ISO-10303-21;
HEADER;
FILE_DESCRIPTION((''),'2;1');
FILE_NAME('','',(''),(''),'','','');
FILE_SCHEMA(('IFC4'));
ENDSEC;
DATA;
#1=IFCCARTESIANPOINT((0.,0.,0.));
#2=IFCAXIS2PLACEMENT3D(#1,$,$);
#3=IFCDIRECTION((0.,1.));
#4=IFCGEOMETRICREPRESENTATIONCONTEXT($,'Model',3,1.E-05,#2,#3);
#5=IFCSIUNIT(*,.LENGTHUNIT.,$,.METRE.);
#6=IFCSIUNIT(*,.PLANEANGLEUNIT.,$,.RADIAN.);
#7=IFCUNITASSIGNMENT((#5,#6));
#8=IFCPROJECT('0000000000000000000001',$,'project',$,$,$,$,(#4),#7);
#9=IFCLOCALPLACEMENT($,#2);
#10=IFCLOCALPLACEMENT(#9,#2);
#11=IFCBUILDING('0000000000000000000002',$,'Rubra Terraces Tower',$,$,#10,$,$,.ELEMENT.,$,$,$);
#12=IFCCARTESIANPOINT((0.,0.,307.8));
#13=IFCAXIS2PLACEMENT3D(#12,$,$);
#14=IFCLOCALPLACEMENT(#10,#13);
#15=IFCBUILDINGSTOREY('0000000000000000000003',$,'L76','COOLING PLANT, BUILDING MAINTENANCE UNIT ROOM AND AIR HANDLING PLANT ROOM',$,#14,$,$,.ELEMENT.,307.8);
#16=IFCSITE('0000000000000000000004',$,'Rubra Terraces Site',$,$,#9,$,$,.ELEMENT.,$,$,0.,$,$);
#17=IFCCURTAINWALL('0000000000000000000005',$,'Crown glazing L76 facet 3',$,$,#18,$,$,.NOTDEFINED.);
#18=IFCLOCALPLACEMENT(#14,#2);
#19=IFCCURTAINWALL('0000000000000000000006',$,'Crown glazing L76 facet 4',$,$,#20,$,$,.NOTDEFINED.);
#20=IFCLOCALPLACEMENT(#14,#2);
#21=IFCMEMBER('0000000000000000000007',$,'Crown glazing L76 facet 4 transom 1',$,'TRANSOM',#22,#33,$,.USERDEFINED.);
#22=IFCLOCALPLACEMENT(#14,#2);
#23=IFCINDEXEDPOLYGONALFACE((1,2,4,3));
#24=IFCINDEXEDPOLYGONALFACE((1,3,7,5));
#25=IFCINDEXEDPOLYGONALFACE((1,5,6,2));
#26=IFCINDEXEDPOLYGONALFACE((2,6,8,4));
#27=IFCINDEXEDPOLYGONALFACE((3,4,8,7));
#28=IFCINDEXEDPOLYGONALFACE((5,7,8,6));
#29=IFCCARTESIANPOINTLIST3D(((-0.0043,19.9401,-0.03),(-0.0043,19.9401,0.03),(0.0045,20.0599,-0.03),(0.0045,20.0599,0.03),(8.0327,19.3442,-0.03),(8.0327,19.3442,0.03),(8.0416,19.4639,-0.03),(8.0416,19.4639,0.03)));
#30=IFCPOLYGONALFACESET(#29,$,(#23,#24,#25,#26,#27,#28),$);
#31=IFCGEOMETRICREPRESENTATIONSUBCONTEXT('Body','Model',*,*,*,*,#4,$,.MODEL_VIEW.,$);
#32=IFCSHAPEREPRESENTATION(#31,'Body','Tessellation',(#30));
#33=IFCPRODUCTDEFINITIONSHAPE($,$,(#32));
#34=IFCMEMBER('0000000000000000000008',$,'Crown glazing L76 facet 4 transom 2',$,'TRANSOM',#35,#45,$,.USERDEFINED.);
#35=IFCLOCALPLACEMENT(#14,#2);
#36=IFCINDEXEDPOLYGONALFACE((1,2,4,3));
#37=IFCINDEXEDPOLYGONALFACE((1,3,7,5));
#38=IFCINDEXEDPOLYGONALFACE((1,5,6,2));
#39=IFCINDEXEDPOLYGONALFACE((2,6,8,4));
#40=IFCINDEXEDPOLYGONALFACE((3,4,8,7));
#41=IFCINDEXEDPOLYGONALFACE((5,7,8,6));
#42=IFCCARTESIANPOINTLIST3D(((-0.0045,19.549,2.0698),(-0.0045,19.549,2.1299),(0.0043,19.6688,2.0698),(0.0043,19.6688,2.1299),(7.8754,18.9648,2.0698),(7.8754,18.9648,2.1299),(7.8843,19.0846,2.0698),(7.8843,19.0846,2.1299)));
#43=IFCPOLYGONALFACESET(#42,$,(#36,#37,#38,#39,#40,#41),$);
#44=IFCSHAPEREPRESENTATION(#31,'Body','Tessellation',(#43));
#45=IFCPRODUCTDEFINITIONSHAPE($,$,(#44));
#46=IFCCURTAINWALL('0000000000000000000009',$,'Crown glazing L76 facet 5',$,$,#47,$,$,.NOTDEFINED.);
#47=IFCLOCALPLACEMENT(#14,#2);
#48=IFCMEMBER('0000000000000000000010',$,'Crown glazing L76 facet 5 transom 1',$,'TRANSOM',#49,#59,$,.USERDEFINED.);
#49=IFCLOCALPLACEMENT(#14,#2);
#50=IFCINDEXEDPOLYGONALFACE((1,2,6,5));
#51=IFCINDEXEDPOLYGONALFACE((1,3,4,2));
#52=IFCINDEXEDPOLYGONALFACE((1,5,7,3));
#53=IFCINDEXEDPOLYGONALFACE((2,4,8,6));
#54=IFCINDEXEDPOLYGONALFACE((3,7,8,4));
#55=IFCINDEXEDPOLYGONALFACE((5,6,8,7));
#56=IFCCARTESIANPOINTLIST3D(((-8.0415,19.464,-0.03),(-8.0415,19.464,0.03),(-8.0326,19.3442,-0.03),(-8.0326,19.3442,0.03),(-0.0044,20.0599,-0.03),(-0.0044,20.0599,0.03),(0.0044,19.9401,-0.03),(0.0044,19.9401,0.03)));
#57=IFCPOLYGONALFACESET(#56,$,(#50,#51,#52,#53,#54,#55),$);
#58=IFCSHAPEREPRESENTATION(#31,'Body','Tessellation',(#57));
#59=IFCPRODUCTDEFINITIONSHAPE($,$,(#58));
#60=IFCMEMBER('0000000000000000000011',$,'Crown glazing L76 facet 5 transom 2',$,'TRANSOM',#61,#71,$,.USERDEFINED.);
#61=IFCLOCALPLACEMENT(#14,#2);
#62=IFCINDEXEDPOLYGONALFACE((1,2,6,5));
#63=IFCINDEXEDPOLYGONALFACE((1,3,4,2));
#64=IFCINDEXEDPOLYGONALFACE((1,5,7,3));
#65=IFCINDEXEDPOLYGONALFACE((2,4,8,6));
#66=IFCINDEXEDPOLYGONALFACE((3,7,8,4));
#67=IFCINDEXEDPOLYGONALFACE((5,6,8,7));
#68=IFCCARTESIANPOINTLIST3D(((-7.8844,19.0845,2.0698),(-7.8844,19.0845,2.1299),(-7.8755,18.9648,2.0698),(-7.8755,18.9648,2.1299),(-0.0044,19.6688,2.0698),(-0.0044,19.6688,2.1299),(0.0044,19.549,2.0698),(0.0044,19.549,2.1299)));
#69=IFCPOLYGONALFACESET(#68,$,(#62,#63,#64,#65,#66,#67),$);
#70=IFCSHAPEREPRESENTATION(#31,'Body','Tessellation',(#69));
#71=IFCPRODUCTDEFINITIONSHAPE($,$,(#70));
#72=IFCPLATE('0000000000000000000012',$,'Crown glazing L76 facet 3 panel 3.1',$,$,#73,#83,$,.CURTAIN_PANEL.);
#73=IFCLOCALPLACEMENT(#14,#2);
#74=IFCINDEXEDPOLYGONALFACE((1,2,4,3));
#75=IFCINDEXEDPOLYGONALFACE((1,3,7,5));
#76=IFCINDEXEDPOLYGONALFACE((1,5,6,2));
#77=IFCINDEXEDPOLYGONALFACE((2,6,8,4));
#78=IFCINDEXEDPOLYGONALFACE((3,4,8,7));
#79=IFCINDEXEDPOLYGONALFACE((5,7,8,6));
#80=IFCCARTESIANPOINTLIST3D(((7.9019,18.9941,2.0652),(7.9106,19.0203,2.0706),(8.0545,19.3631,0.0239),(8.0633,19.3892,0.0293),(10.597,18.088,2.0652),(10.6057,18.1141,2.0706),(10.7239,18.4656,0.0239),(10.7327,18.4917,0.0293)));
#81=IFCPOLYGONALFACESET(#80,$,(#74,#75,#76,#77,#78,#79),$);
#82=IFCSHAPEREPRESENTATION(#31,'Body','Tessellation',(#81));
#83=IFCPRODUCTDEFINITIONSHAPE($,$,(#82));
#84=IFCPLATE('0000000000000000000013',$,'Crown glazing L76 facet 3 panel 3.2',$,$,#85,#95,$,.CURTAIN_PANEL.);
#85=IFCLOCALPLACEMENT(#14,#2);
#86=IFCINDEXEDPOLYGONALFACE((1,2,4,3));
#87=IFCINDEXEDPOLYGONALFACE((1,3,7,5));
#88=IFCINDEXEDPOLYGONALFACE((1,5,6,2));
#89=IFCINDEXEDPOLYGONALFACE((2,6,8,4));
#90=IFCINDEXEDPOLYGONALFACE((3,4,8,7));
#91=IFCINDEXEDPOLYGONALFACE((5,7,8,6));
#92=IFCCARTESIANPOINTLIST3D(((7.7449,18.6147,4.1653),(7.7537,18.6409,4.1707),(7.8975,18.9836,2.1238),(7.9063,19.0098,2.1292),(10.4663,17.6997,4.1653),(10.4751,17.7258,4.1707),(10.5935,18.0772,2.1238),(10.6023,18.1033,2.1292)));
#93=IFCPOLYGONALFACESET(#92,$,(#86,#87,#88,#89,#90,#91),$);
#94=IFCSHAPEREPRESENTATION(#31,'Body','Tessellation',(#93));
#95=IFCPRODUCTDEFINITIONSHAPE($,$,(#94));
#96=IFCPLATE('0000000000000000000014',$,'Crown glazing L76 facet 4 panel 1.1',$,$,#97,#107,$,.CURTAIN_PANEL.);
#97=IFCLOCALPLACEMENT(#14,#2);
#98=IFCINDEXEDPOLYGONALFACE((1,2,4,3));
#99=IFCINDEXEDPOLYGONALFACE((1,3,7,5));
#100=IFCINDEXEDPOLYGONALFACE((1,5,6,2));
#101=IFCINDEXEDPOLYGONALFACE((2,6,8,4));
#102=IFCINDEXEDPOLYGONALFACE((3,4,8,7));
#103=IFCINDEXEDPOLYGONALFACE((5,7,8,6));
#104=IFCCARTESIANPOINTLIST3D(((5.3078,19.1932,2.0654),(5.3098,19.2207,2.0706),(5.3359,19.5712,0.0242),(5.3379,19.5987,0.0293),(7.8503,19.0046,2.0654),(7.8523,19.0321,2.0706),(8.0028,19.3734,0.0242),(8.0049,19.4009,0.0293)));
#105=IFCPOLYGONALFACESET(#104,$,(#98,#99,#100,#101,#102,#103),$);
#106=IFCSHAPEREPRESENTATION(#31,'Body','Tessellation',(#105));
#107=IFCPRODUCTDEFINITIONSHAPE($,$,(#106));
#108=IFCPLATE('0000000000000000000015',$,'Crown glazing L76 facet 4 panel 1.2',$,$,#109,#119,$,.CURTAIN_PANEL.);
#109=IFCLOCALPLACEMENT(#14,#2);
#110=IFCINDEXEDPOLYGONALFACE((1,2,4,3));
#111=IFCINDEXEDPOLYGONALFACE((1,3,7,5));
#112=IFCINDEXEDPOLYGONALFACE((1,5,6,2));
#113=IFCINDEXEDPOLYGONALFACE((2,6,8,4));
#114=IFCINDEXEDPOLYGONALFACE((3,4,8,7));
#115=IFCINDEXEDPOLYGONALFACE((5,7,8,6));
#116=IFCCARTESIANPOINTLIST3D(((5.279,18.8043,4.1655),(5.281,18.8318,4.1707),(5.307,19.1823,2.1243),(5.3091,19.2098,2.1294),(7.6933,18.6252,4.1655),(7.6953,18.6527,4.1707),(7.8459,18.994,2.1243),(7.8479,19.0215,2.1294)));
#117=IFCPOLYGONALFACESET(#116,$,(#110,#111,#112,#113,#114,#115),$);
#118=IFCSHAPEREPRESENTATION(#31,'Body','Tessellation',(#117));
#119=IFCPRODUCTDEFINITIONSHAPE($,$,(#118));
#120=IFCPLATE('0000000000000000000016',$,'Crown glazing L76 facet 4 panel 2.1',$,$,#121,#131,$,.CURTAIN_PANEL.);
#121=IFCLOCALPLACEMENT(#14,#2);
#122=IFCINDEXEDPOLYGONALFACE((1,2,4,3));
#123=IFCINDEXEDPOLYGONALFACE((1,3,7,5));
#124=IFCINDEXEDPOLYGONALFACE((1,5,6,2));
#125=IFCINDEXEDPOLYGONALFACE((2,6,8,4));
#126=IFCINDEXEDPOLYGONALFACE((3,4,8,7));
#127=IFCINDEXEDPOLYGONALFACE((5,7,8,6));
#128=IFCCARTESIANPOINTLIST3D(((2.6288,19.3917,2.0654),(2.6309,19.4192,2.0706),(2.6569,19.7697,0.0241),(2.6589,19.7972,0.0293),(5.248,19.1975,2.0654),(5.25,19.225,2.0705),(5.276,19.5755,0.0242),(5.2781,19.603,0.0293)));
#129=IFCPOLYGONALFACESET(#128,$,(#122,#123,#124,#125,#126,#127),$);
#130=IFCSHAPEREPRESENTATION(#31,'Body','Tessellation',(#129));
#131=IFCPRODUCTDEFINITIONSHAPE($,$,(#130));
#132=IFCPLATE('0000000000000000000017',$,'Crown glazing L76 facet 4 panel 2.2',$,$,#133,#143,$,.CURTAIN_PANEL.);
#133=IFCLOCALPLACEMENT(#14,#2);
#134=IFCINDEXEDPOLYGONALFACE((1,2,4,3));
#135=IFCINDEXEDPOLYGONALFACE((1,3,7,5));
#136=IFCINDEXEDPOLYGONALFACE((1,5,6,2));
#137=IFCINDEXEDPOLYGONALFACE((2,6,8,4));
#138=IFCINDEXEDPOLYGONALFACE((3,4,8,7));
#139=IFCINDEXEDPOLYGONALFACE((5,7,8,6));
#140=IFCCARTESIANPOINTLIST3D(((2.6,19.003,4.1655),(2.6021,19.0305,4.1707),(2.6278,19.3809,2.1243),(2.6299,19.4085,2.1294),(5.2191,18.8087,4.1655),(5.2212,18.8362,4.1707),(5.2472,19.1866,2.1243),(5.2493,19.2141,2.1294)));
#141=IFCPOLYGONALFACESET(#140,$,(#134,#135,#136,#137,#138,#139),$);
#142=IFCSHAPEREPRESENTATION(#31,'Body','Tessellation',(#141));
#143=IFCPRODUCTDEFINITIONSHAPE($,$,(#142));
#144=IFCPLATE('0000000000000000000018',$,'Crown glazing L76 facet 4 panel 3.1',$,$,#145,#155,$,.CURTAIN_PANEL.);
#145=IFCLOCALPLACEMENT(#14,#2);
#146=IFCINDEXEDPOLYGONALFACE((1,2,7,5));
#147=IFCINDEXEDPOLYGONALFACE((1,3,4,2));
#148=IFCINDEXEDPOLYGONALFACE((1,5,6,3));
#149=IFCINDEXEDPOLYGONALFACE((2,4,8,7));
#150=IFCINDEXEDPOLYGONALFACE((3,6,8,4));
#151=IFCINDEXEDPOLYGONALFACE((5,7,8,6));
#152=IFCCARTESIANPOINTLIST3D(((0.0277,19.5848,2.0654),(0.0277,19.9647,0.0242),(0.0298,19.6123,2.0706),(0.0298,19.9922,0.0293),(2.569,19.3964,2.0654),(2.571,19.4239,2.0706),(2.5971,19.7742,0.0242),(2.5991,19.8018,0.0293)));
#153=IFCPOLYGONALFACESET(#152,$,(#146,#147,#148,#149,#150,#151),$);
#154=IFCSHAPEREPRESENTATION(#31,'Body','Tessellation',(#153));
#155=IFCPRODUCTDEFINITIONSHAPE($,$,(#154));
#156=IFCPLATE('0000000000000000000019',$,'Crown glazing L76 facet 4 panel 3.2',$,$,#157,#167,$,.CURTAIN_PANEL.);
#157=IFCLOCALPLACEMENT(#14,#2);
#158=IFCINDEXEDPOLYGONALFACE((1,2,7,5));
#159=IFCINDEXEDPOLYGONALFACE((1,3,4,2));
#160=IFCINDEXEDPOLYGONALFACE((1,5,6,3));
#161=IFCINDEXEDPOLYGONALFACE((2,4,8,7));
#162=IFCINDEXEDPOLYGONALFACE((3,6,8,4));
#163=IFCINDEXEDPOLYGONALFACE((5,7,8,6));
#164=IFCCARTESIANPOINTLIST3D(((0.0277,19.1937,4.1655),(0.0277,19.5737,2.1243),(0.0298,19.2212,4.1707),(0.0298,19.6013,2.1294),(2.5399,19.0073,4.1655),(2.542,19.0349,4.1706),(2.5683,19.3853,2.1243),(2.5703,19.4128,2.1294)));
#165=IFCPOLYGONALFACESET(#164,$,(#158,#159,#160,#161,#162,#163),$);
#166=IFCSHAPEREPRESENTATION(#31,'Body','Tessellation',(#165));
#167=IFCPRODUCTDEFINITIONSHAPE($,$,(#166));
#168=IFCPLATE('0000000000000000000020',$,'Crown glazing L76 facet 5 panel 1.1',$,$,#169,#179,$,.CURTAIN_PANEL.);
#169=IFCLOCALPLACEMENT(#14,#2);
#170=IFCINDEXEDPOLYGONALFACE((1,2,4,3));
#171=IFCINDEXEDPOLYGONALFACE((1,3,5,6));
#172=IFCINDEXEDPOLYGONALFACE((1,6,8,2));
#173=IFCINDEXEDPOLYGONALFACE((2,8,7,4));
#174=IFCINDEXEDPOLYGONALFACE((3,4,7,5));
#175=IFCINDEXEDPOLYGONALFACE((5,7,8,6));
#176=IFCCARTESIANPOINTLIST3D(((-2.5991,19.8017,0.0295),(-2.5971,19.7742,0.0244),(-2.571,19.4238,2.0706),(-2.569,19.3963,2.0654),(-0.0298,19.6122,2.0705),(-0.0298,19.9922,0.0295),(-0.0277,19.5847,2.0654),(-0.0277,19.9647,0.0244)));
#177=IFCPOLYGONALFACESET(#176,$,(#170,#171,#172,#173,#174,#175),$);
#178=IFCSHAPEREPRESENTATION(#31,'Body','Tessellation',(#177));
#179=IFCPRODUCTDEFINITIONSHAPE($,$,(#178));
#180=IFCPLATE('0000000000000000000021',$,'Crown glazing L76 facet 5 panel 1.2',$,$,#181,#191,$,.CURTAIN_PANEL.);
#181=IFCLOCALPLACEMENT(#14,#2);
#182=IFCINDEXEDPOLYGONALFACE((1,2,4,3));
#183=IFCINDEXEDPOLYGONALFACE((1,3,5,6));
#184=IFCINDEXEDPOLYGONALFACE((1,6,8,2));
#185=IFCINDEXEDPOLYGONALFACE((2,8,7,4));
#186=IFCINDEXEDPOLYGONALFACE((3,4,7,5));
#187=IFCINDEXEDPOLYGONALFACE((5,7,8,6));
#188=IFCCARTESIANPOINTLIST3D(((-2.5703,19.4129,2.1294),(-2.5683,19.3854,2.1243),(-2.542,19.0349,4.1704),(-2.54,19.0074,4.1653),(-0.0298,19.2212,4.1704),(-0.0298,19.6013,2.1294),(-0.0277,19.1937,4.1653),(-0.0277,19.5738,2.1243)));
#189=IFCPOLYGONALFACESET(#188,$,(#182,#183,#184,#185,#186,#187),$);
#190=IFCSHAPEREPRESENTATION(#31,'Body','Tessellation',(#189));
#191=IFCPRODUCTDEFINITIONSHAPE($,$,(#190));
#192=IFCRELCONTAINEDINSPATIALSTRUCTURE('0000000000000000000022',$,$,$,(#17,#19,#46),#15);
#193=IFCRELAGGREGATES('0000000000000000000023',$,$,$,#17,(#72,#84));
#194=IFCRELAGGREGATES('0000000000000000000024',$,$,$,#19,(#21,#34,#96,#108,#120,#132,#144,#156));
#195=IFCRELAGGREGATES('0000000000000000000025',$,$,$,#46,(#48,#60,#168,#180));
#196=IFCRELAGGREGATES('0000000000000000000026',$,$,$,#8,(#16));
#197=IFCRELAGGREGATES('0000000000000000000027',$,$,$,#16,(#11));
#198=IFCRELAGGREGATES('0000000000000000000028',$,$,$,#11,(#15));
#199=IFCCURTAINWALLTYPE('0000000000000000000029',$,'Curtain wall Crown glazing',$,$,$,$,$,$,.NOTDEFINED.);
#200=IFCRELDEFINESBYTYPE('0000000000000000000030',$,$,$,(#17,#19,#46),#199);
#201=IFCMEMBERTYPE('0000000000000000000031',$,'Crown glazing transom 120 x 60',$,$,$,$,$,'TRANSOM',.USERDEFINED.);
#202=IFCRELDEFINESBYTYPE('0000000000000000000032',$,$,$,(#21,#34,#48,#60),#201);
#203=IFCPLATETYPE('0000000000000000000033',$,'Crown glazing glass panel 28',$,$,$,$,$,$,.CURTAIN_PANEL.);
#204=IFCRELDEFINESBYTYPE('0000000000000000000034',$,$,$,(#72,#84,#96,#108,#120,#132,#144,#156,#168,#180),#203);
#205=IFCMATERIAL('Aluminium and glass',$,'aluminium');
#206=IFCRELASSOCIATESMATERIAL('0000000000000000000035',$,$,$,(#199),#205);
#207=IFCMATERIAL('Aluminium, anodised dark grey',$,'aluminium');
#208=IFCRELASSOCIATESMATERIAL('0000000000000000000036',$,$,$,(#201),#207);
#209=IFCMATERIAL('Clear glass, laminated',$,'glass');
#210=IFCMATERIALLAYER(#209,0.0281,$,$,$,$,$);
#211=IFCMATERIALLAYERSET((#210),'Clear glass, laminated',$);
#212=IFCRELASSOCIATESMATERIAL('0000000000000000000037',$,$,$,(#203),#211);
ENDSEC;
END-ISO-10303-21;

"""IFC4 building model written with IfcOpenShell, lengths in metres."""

from ifc_helpers import new_model, si_unit, direction, frame, origin, origin_2d, place, context, subcontext, project, spatial, polyline, rectangle, outline, extrude, material, layer, layer_set, material_profile, profile_set, type_object, element, aggregate, save


model = new_model("IFC4")

# Units and contexts
model_context = context("Model", 3, precision=1e-05, world=origin(), true_north=direction((0.0, 1.0)))
body_context = subcontext(model_context, "Body", "Model", "MODEL_VIEW")
ifc_project = project(units=[si_unit("LENGTHUNIT", "METRE"), si_unit("PLANEANGLEUNIT", "RADIAN")], contexts=[model_context])

# Site, building, storey
site_placement = place(None, origin())
site = spatial("IfcSite", under=ifc_project, at=site_placement, Name="Rubra Terraces Site", CompositionType="ELEMENT", RefElevation=0.0)
building_placement = place(site_placement, origin())
building = spatial("IfcBuilding", under=site, at=building_placement, Name="Rubra Terraces Tower", CompositionType="ELEMENT")
storey_placement = place(building_placement, frame((0.0, 0.0, 307.8)))
storey = spatial("IfcBuildingStorey", under=building, at=storey_placement, Name="L76", Description="COOLING PLANT, BUILDING MAINTENANCE UNIT ROOM AND AIR HANDLING PLANT ROOM", CompositionType="ELEMENT", Elevation=307.8)

# Curtain wall
ifc_material_1 = material(Name="Aluminium and glass", Category="aluminium")
curtain_wall_type = type_object("IfcCurtainWallType", Name="Curtain wall Crown glazing", PredefinedType="NOTDEFINED", material=ifc_material_1)
curtain_wall_1_placement = place(storey_placement, origin())
curtain_wall_1 = element("IfcCurtainWall", 1, at=curtain_wall_1_placement, inside=storey, type_object=curtain_wall_type, Name="Crown glazing L76 facet 3", PredefinedType="NOTDEFINED")
ifc_material_2 = material(Name="Aluminium, anodised dark grey", Category="aluminium")

# Curtain walls, members
curtain_wall_2_placement = place(storey_placement, origin())
curtain_wall_2 = element("IfcCurtainWall", 2, at=curtain_wall_2_placement, inside=storey, type_object=curtain_wall_type, Name="Crown glazing L76 facet 4", PredefinedType="NOTDEFINED")
ifc_material_profile_1 = material_profile(ifc_material_2, rectangle(XDim=0.1201, YDim=0.0601, at=origin_2d()), Name="AL 120x60")
ifc_profile_set_1 = profile_set([ifc_material_profile_1], Name="Aluminium, anodised dark grey")
member_type_1 = type_object("IfcMemberType", Name="Crown glazing transom 120 x 60", ElementType="TRANSOM", PredefinedType="USERDEFINED", material=ifc_profile_set_1)
member_1_placement = place(storey_placement, frame((8.0371, 19.4041, 0.0), z_axis=(-0.997262, 0.073946, 0.0), x_axis=(-0.073946, -0.997262, 0.0)))
member_1 = element("IfcMember", 3, at=member_1_placement, type_object=member_type_1, Name="Crown glazing L76 facet 4 transom 1", ObjectType="TRANSOM", PredefinedType="USERDEFINED", context=body_context, shape_type="SweptSolid", body=[
    extrude(rectangle(XDim=0.1201, YDim=0.0601, at=origin_2d()), origin(), (0.0, 0.0, 1.0), 8.0591),
])
member_2_placement = place(storey_placement, frame((7.8799, 19.0247, 2.0999), z_axis=(-0.997263, 0.073939, 0.0), x_axis=(-0.073939, -0.997263, 0.0)))
member_2 = element("IfcMember", 4, at=member_2_placement, type_object=member_type_1, Name="Crown glazing L76 facet 4 transom 2", ObjectType="TRANSOM", PredefinedType="USERDEFINED", context=body_context, shape_type="SweptSolid", body=[
    extrude(rectangle(XDim=0.1201, YDim=0.0601, at=origin_2d()), origin(), (0.0, 0.0, 1.0), 7.9016),
])
curtain_wall_3_placement = place(storey_placement, origin())
curtain_wall_3 = element("IfcCurtainWall", 5, at=curtain_wall_3_placement, inside=storey, type_object=curtain_wall_type, Name="Crown glazing L76 facet 5", PredefinedType="NOTDEFINED")
member_3_placement = place(storey_placement, frame((0.0, 20.0, 0.0), z_axis=(-0.997262, -0.073946, 0.0), x_axis=(0.073946, -0.997262, 0.0)))
member_3 = element("IfcMember", 6, at=member_3_placement, type_object=member_type_1, Name="Crown glazing L76 facet 5 transom 1", ObjectType="TRANSOM", PredefinedType="USERDEFINED", context=body_context, shape_type="SweptSolid", body=[
    extrude(rectangle(XDim=0.1201, YDim=0.0601, at=origin_2d()), origin(), (0.0, 0.0, 1.0), 8.0591),
])
member_4_placement = place(storey_placement, frame((0.0, 19.6089, 2.0999), z_axis=(-0.997263, -0.073939, 0.0), x_axis=(0.073939, -0.997263, 0.0)))
member_4 = element("IfcMember", 7, at=member_4_placement, type_object=member_type_1, Name="Crown glazing L76 facet 5 transom 2", ObjectType="TRANSOM", PredefinedType="USERDEFINED", context=body_context, shape_type="SweptSolid", body=[
    extrude(rectangle(XDim=0.1201, YDim=0.0601, at=origin_2d()), origin(), (0.0, 0.0, 1.0), 7.9016),
])

# Plates
ifc_material_3 = material(Name="Clear glass, laminated", Category="glass")
ifc_layer_1 = layer(ifc_material_3, 0.0281)
ifc_layer_set_1 = layer_set([ifc_layer_1], Name="Clear glass, laminated")
plate_type = type_object("IfcPlateType", Name="Crown glazing glass panel 28", PredefinedType="CURTAIN_PANEL", material=ifc_layer_set_1)
plate_1_placement = place(storey_placement, frame((10.7327, 18.4917, 0.0293), z_axis=(0.312797, 0.930305, 0.191546), x_axis=(-0.947856, 0.318697, 0.000005)))
plate_1 = element("IfcPlate", 8, at=plate_1_placement, type_object=plate_type, Name="Crown glazing L76 facet 3 panel 3.1", PredefinedType="CURTAIN_PANEL", context=body_context, shape_type="SweptSolid", body=[
    extrude(outline(polyline([(0.0, 0.0), (2.8163, 0.0), (2.8433, 2.0798), (0.0, 2.0798), (0.0, 0.0)])), origin(), (0.0, 0.0, -1.0), 0.0281),
])
plate_2_placement = place(storey_placement, frame((10.6023, 18.1033, 2.1292), z_axis=(0.312802, 0.930316, 0.191488), x_axis=(-0.947856, 0.3187, 0.0)))
plate_2 = element("IfcPlate", 9, at=plate_2_placement, type_object=plate_type, Name="Crown glazing L76 facet 3 panel 3.2", PredefinedType="CURTAIN_PANEL", context=body_context, shape_type="SweptSolid", body=[
    extrude(outline(polyline([(0.0, 0.0), (2.8444, 0.0), (2.8714, 2.08), (0.0003, 2.08), (0.0, 0.0)])), origin(), (0.0, 0.0, -1.0), 0.0281),
])
aggregate(curtain_wall_1, [plate_1, plate_2])
plate_3_placement = place(storey_placement, frame((8.0049, 19.4009, 0.0293), z_axis=(0.07274, 0.980496, 0.182584), x_axis=(-0.99726, 0.073982, 0.000007)))
plate_3 = element("IfcPlate", 10, at=plate_3_placement, type_object=plate_type, Name="Crown glazing L76 facet 4 panel 1.1", PredefinedType="CURTAIN_PANEL", context=body_context, shape_type="SweptSolid", body=[
    extrude(outline(polyline([(0.0, 0.0), (2.6743, 0.0), (2.6744, 2.0761), (0.1249, 2.0762), (0.0, 0.0)])), origin(), (0.0, 0.0, -1.0), 0.0281),
])
plate_4_placement = place(storey_placement, frame((7.8479, 19.0215, 2.1294), z_axis=(0.072735, 0.980496, 0.182584), x_axis=(-0.99726, 0.073977, 0.000007)))
plate_4 = element("IfcPlate", 11, at=plate_4_placement, type_object=plate_type, Name="Crown glazing L76 facet 4 panel 1.2", PredefinedType="CURTAIN_PANEL", context=body_context, shape_type="SweptSolid", body=[
    extrude(outline(polyline([(0.0, 0.0), (2.5458, 0.0), (2.5458, 2.0761), (0.1249, 2.0762), (0.0, 0.0)])), origin(), (0.0, 0.0, -1.0), 0.0281),
])
plate_5_placement = place(storey_placement, frame((5.2781, 19.603, 0.0293), z_axis=(0.072706, 0.980497, 0.182593), x_axis=(-0.997262, 0.07395, -0.000008)))
plate_5 = element("IfcPlate", 12, at=plate_5_placement, type_object=plate_type, Name="Crown glazing L76 facet 4 panel 2.1", PredefinedType="CURTAIN_PANEL", context=body_context, shape_type="SweptSolid", body=[
    extrude(outline(polyline([(0.0, 0.0), (2.6263, 0.0), (2.6264, 2.0762), (0.0, 2.0761), (0.0, 0.0)])), origin(), (0.0, 0.0, -1.0), 0.0281),
])
plate_6_placement = place(storey_placement, frame((5.2493, 19.2141, 2.1294), z_axis=(0.072748, 0.980505, 0.182532), x_axis=(-0.997259, 0.073991, 0.000001)))
plate_6 = element("IfcPlate", 13, at=plate_6_placement, type_object=plate_type, Name="Crown glazing L76 facet 4 panel 2.2", PredefinedType="CURTAIN_PANEL", context=body_context, shape_type="SweptSolid", body=[
    extrude(outline(polyline([(0.0, 0.0), (2.6266, 0.0), (2.6264, 2.0761), (0.0, 2.0761), (0.0, 0.0)])), origin(), (0.0, 0.0, -1.0), 0.0281),
])
plate_7_placement = place(storey_placement, frame((2.5991, 19.8018, 0.0293), z_axis=(0.072697, 0.980513, 0.182507), x_axis=(-0.997263, 0.073938, 0.000004)))
plate_7 = element("IfcPlate", 14, at=plate_7_placement, type_object=plate_type, Name="Crown glazing L76 facet 4 panel 3.1", PredefinedType="CURTAIN_PANEL", context=body_context, shape_type="SweptSolid", body=[
    extrude(outline(polyline([(0.0, 0.0), (2.5764, 0.0), (2.5483, 2.0761), (0.0001, 2.0761), (0.0, 0.0)])), origin(), (0.0, 0.0, -1.0), 0.0281),
])
plate_8_placement = place(storey_placement, frame((2.5703, 19.4128, 2.1294), z_axis=(0.072723, 0.9805, 0.182567), x_axis=(-0.997261, 0.073966, -0.000003)))
plate_8 = element("IfcPlate", 15, at=plate_8_placement, type_object=plate_type, Name="Crown glazing L76 facet 4 panel 3.2", PredefinedType="CURTAIN_PANEL", context=body_context, shape_type="SweptSolid", body=[
    extrude(outline(polyline([(0.0, 0.0), (2.5475, 0.0), (2.5194, 2.0762), (0.0003, 2.0761), (0.0, 0.0)])), origin(), (0.0, 0.0, -1.0), 0.0281),
])
aggregate(curtain_wall_2, [member_1, member_2, plate_3, plate_4, plate_5, plate_6, plate_7, plate_8])
plate_9_placement = place(storey_placement, frame((-0.0298, 19.9922, 0.0295), z_axis=(-0.072696, 0.98051, 0.182528), x_axis=(-0.997263, -0.073938, -0.000004)))
plate_9 = element("IfcPlate", 16, at=plate_9_placement, type_object=plate_type, Name="Crown glazing L76 facet 5 panel 1.1", PredefinedType="CURTAIN_PANEL", context=body_context, shape_type="SweptSolid", body=[
    extrude(outline(polyline([(0.0, 0.0), (2.5764, 0.0), (2.5763, 2.0759), (0.0281, 2.0759), (0.0, 0.0)])), origin(), (0.0, 0.0, -1.0), 0.0281),
])
plate_10_placement = place(storey_placement, frame((-0.0298, 19.6013, 2.1294), z_axis=(-0.072722, 0.980496, 0.182588), x_axis=(-0.997261, -0.073966, 0.000003)))
plate_10 = element("IfcPlate", 17, at=plate_10_placement, type_object=plate_type, Name="Crown glazing L76 facet 5 panel 1.2", PredefinedType="CURTAIN_PANEL", context=body_context, shape_type="SweptSolid", body=[
    extrude(outline(polyline([(0.0, 0.0), (2.5475, 0.0), (2.5472, 2.0759), (0.0281, 2.0759), (0.0, 0.0)])), origin(), (0.0, 0.0, -1.0), 0.0281),
])
aggregate(curtain_wall_3, [member_3, member_4, plate_9, plate_10])

save(model, "model.ifc")
